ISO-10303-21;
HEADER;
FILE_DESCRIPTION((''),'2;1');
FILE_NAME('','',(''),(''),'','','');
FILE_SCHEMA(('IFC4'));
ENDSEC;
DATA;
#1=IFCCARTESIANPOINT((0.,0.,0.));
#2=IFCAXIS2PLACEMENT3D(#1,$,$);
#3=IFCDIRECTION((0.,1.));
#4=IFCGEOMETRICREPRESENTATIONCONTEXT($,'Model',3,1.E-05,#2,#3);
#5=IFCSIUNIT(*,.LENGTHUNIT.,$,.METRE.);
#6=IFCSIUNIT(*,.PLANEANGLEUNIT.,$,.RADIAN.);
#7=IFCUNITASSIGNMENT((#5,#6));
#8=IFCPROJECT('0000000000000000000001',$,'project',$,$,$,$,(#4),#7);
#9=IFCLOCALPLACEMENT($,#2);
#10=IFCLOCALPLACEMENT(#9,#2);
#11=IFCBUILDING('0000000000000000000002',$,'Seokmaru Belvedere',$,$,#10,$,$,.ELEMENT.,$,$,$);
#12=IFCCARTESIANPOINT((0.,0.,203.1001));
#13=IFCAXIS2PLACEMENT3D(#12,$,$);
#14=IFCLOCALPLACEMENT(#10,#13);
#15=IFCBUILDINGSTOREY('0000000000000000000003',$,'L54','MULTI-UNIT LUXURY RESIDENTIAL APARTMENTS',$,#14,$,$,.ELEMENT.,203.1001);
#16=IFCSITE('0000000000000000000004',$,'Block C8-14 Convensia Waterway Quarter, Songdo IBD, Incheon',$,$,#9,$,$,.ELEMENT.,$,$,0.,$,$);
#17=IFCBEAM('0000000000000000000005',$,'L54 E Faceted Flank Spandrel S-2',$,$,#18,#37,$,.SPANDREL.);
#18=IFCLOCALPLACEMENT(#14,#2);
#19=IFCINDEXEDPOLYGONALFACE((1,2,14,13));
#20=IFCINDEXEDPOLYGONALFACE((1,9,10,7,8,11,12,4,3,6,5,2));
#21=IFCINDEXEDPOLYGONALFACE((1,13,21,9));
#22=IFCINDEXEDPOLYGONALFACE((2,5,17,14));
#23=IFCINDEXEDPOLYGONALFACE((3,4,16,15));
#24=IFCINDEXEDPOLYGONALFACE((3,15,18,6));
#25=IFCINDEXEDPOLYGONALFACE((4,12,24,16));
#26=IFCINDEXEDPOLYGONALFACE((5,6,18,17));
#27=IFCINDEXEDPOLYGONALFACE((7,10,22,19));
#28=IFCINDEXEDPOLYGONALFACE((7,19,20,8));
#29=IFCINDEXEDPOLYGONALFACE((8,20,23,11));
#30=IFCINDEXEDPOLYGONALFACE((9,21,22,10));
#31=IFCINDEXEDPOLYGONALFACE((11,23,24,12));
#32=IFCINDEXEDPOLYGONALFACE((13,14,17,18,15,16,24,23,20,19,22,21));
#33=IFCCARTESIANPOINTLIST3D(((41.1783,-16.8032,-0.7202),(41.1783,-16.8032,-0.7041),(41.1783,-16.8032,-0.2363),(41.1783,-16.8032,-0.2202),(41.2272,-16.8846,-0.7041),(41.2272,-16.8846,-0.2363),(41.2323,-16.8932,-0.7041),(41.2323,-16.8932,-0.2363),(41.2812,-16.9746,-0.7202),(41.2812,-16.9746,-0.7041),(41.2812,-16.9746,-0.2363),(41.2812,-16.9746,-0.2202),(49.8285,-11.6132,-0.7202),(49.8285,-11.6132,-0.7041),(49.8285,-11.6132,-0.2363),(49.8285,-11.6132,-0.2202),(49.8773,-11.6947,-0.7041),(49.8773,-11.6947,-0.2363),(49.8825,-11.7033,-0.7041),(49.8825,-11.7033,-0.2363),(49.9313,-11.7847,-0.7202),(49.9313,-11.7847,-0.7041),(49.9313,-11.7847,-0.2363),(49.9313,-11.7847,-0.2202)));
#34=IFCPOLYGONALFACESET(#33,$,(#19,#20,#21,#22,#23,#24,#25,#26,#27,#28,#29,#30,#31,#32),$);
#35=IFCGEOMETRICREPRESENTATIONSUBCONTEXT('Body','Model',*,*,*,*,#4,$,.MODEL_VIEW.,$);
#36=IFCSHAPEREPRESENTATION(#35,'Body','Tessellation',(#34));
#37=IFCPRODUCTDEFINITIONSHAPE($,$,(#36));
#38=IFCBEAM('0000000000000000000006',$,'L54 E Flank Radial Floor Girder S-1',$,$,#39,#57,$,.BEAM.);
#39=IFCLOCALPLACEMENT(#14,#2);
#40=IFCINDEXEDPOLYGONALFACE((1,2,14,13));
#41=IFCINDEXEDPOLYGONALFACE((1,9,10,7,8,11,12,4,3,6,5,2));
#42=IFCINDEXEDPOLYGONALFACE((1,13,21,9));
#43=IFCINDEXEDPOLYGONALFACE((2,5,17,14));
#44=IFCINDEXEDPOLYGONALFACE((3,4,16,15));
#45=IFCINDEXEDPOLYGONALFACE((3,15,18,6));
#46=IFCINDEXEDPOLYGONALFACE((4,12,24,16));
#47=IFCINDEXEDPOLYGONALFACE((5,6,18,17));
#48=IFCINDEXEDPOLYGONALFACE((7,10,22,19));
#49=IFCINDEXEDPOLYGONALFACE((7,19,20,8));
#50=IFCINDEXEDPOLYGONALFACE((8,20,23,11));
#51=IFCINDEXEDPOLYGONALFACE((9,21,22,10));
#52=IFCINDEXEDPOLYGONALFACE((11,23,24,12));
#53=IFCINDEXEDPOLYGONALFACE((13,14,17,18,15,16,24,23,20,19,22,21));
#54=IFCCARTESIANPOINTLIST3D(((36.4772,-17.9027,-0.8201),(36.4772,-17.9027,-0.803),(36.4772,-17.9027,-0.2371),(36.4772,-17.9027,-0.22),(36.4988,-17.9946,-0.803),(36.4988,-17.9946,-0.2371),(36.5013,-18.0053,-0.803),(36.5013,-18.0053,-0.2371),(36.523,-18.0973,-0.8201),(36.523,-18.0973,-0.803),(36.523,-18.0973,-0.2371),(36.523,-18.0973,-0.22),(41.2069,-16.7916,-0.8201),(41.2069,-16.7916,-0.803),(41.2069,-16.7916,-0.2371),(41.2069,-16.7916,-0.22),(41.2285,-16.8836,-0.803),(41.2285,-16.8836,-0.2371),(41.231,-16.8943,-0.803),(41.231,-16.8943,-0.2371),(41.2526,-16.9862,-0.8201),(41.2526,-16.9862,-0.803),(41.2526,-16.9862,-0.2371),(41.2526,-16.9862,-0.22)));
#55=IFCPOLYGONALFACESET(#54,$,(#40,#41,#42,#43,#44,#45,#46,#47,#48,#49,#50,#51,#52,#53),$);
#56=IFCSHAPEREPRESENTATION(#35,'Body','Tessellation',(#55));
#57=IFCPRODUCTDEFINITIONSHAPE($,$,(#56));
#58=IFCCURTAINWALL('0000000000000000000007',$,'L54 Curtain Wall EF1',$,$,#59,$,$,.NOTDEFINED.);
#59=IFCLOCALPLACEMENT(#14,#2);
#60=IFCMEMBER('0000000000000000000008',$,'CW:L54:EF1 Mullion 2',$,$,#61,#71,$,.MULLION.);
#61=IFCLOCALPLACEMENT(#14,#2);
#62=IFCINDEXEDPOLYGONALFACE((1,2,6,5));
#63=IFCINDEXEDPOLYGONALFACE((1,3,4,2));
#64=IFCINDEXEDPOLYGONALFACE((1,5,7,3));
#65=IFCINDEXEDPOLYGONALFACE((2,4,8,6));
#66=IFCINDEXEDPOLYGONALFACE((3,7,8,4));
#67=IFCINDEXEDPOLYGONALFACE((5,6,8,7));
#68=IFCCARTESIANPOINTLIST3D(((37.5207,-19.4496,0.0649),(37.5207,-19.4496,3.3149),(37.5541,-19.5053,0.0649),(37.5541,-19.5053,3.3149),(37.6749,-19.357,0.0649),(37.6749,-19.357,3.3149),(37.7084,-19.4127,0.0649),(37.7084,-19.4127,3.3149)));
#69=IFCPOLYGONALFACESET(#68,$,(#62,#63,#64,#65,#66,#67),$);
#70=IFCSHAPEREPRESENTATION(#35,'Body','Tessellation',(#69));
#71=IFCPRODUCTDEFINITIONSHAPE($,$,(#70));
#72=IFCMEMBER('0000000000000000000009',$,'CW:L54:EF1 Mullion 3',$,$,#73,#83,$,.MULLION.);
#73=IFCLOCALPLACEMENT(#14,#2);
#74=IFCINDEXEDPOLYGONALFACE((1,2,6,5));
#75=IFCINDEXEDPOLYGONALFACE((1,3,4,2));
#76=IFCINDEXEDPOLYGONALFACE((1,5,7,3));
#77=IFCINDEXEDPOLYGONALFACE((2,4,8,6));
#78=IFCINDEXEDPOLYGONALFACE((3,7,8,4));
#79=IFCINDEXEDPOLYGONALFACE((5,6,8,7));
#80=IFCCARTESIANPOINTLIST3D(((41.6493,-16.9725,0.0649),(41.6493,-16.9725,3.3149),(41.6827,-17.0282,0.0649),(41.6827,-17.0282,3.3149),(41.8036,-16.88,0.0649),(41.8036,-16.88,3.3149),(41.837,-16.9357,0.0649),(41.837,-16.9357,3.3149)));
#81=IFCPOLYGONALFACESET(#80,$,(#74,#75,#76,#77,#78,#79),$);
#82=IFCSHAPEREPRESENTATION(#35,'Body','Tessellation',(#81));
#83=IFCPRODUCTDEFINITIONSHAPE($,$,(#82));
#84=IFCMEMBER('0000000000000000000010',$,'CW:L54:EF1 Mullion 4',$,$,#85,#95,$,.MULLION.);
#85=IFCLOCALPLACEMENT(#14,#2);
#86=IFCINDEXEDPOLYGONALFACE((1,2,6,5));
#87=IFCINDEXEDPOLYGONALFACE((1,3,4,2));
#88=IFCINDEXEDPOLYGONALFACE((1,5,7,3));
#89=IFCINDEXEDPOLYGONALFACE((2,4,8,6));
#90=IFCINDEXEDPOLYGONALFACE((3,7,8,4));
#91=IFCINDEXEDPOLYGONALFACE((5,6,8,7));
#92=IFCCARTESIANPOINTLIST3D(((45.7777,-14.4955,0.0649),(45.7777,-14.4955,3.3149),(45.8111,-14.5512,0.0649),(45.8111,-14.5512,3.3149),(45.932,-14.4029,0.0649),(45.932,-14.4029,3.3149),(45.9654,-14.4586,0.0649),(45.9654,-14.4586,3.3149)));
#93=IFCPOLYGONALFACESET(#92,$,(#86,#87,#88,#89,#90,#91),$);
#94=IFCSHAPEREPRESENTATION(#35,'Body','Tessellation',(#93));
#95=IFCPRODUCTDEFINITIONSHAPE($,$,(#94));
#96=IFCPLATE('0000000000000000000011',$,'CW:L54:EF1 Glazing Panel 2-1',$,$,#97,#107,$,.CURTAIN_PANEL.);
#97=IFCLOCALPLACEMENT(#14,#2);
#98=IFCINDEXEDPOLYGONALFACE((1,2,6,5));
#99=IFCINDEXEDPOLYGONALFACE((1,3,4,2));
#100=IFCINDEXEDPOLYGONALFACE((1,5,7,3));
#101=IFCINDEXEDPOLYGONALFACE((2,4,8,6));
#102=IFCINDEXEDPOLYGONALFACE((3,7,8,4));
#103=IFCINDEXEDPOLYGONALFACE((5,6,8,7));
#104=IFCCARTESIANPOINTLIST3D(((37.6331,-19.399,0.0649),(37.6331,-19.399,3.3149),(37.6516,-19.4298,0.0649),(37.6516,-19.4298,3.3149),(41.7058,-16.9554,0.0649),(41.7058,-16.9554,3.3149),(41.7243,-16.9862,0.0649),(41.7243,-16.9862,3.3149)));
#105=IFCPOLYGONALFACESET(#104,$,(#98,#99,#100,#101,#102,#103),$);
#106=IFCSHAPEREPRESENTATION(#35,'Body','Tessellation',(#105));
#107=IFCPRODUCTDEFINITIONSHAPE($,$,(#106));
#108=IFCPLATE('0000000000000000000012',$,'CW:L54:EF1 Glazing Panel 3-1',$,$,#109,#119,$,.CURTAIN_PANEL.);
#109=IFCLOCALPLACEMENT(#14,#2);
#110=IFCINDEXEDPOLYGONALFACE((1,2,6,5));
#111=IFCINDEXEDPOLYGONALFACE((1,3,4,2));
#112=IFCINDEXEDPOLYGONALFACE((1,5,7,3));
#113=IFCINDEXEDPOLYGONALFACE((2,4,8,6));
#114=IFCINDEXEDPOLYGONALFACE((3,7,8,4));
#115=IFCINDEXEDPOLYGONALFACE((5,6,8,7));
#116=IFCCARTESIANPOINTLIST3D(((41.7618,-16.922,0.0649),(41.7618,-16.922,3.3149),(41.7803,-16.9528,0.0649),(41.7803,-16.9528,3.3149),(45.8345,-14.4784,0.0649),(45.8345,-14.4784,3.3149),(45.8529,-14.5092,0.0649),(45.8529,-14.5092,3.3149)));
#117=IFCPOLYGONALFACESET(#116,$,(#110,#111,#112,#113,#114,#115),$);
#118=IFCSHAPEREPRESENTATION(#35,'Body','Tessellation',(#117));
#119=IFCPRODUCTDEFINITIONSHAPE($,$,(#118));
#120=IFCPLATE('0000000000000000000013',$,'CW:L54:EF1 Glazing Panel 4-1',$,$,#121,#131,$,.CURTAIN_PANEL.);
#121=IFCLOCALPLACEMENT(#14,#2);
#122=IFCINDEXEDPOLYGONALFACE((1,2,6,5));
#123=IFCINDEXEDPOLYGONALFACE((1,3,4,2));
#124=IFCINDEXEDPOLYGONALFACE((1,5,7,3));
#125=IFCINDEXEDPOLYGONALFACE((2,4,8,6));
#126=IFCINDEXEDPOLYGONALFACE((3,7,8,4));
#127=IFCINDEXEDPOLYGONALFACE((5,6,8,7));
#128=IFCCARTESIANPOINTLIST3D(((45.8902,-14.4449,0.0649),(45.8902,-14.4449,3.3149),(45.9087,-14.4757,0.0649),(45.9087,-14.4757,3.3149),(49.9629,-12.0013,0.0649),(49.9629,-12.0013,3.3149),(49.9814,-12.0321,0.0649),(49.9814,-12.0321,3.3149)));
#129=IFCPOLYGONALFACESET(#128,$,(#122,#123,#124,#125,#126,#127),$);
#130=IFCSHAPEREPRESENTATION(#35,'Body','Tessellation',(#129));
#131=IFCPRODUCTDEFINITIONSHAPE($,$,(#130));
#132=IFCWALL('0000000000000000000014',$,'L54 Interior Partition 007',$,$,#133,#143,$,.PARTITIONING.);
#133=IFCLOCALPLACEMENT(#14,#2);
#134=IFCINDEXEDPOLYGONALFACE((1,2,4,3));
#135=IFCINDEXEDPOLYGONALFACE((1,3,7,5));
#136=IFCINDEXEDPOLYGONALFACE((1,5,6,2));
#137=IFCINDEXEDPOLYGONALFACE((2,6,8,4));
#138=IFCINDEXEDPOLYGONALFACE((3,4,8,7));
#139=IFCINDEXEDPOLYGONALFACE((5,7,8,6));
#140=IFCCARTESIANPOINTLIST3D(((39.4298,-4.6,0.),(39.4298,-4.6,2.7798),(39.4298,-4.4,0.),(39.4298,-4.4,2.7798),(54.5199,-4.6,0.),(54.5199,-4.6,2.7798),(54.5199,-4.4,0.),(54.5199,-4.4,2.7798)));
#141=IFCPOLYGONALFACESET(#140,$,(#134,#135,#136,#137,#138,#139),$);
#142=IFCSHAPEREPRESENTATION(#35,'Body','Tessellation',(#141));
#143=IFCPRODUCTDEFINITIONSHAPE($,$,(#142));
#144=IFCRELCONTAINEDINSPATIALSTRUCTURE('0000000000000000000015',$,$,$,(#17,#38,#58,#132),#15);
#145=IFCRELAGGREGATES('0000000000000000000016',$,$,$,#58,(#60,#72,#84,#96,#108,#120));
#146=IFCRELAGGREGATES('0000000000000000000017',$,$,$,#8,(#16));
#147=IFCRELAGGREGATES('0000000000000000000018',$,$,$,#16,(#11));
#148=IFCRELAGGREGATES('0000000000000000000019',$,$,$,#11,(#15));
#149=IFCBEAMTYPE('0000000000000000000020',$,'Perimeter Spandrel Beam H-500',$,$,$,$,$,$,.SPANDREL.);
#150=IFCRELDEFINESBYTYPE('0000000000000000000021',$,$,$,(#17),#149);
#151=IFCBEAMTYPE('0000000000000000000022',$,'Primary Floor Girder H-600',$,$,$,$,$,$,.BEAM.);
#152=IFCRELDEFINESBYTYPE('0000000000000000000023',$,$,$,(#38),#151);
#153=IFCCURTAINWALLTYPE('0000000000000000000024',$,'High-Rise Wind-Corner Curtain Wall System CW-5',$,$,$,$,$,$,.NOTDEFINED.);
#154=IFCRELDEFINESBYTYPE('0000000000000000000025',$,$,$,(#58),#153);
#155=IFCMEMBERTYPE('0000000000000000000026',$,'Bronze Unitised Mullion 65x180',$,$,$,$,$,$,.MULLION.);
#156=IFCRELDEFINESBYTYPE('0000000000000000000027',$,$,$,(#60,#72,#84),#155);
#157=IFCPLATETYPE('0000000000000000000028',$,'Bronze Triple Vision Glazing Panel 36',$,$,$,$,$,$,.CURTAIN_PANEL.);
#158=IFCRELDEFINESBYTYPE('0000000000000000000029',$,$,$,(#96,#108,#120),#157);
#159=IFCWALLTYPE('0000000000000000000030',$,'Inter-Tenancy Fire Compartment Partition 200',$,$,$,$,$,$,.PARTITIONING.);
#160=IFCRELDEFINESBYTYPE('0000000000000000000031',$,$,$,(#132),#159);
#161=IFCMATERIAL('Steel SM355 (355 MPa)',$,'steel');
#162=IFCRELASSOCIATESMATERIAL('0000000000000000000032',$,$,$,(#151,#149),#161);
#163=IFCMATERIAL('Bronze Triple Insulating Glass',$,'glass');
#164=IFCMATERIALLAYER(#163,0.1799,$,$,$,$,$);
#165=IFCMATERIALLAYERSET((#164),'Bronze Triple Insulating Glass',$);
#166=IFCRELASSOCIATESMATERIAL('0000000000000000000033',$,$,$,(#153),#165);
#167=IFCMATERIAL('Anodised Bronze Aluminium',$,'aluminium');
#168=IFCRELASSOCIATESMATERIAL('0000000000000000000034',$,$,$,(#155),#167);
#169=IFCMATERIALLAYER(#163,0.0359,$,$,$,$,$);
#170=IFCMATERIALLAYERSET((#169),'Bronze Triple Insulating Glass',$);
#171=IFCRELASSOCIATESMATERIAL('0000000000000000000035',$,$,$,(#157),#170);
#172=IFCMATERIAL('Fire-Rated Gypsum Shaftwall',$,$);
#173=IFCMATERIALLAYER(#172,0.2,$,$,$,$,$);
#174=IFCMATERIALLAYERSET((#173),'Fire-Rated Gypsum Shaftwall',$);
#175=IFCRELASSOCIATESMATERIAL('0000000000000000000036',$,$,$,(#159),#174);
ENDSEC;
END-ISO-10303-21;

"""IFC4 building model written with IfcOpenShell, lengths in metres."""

from ifc_helpers import new_model, si_unit, direction, frame, frame_2d, origin, origin_2d, place, context, subcontext, project, spatial, rectangle, i_section, extrude, source, transform, mapped, material, layer, layer_set, material_profile, profile_set, type_object, type_shapes, element, aggregate, save


model = new_model("IFC4")

# Units and contexts
model_context = context("Model", 3, precision=1e-05, world=origin(), true_north=direction((0.0, 1.0)))
body_context = subcontext(model_context, "Body", "Model", "MODEL_VIEW")
ifc_project = project(units=[si_unit("LENGTHUNIT", "METRE"), si_unit("PLANEANGLEUNIT", "RADIAN")], contexts=[model_context])

# Site, building, storey
site_placement = place(None, origin())
site = spatial("IfcSite", under=ifc_project, at=site_placement, Name="Block C8-14 Convensia Waterway Quarter, Songdo IBD, Incheon", CompositionType="ELEMENT", RefElevation=0.0)
building_placement = place(site_placement, origin())
building = spatial("IfcBuilding", under=site, at=building_placement, Name="Seokmaru Belvedere", CompositionType="ELEMENT")
storey_placement = place(building_placement, frame((0.0, 0.0, 203.1001)))
storey = spatial("IfcBuildingStorey", under=building, at=storey_placement, Name="L54", Description="MULTI-UNIT LUXURY RESIDENTIAL APARTMENTS", CompositionType="ELEMENT", Elevation=203.1001)

# Shared definitions
ifc_material_1 = material(Name="Steel SM355 (355 MPa)", Category="steel")

# Beams
ifc_material_profile_1 = material_profile(ifc_material_1, i_section(OverallWidth=0.2, OverallDepth=0.6001, WebThickness=0.011, FlangeThickness=0.0171, at=origin_2d()), Name="H-600x200x11x17")
ifc_profile_set_1 = profile_set([ifc_material_profile_1], Name="Steel SM355 (355 MPa)")
beam_type_1 = type_object("IfcBeamType", Name="Primary Floor Girder H-600", PredefinedType="BEAM", material=ifc_profile_set_1)
ifc_material_profile_2 = material_profile(ifc_material_1, i_section(OverallWidth=0.2, OverallDepth=0.5, WebThickness=0.01, FlangeThickness=0.0161, at=origin_2d()), Name="H-500x200x10x16")
ifc_profile_set_2 = profile_set([ifc_material_profile_2], Name="Steel SM355 (355 MPa)")
beam_type_2 = type_object("IfcBeamType", Name="Perimeter Spandrel Beam H-500", PredefinedType="SPANDREL", material=ifc_profile_set_2)
shared_shape_1 = source(origin(), body_context, "Body", "SweptSolid", [
    extrude(i_section(OverallWidth=0.2, OverallDepth=0.5, WebThickness=0.01, FlangeThickness=0.0161, at=origin_2d()), origin(), (0.0, 0.0, 1.0), 10.0876),
])
type_shapes(beam_type_2, [shared_shape_1])
beam_1_placement = place(storey_placement, frame((41.2297, -16.8889, -0.4702), z_axis=(0.857499, 0.514485, 0.0), x_axis=(-0.514485, 0.857499, 0.0)))
element("IfcBeam", 1, at=beam_1_placement, inside=storey, type_object=beam_type_2, Name="L54 E Faceted Flank Spandrel S-2", PredefinedType="SPANDREL", context=body_context, shape_type="MappedRepresentation", body=[
    mapped(shared_shape_1, transform((0.0, 0.0, 0.0), scale=1.0)),
])
shared_shape_2 = source(origin(), body_context, "Body", "SweptSolid", [
    extrude(i_section(OverallWidth=0.2, OverallDepth=0.6001, WebThickness=0.011, FlangeThickness=0.0171, at=origin_2d()), origin(), (0.0, 0.0, 1.0), 4.8584),
])
beam_2_placement = place(storey_placement, frame((41.2297, -16.8889, -0.52), z_axis=(-0.973499, -0.228689, 0.0), x_axis=(0.228689, -0.973499, 0.0)))
element("IfcBeam", 2, at=beam_2_placement, inside=storey, type_object=beam_type_1, Name="L54 E Flank Radial Floor Girder S-1", PredefinedType="BEAM", context=body_context, shape_type="MappedRepresentation", body=[
    mapped(shared_shape_2, transform((0.0, 0.0, 0.0), scale=1.0)),
])

# Curtain wall, members, plates
ifc_material_2 = material(Name="Bronze Triple Insulating Glass", Category="glass")
ifc_layer_1 = layer(ifc_material_2, 0.1799)
ifc_layer_set_1 = layer_set([ifc_layer_1], Name="Bronze Triple Insulating Glass")
curtain_wall_type = type_object("IfcCurtainWallType", Name="High-Rise Wind-Corner Curtain Wall System CW-5", PredefinedType="NOTDEFINED", material=ifc_layer_set_1)
curtain_wall_placement = place(storey_placement, origin())
curtain_wall = element("IfcCurtainWall", 3, at=curtain_wall_placement, inside=storey, type_object=curtain_wall_type, Name="L54 Curtain Wall EF1", PredefinedType="NOTDEFINED")
ifc_material_3 = material(Name="Anodised Bronze Aluminium", Category="aluminium")
ifc_material_profile_3 = material_profile(ifc_material_3, rectangle(XDim=0.0649, YDim=0.1799, at=origin_2d()), Name="CW-M-65x180")
ifc_profile_set_3 = profile_set([ifc_material_profile_3], Name="Anodised Bronze Aluminium")
member_type = type_object("IfcMemberType", Name="Bronze Unitised Mullion 65x180", PredefinedType="MULLION", material=ifc_profile_set_3)
shared_shape_3 = source(origin(), body_context, "Body", "SweptSolid", [
    extrude(rectangle(XDim=0.0649, YDim=0.1799, at=origin_2d()), origin(), (0.0, 0.0, 1.0), 3.25),
])
type_shapes(member_type, [shared_shape_3])
member_1_placement = place(storey_placement, frame((37.6145, -19.4312, 0.0649), z_axis=(0.0, 0.0, 1.0), x_axis=(-0.514495, 0.857493, 0.0)))
member_1 = element("IfcMember", 4, at=member_1_placement, type_object=member_type, Name="CW:L54:EF1 Mullion 2", PredefinedType="MULLION", context=body_context, shape_type="MappedRepresentation", body=[
    mapped(shared_shape_3, transform((0.0, 0.0, 0.0), scale=1.0)),
])
member_2_placement = place(storey_placement, frame((41.7432, -16.9541, 0.0649), z_axis=(0.0, 0.0, 1.0), x_axis=(-0.514495, 0.857493, 0.0)))
member_2 = element("IfcMember", 5, at=member_2_placement, type_object=member_type, Name="CW:L54:EF1 Mullion 3", PredefinedType="MULLION", context=body_context, shape_type="MappedRepresentation", body=[
    mapped(shared_shape_3, transform((0.0, 0.0, 0.0), scale=1.0)),
])
member_3_placement = place(storey_placement, frame((45.8716, -14.4771, 0.0649), z_axis=(0.0, 0.0, 1.0), x_axis=(-0.514495, 0.857493, 0.0)))
member_3 = element("IfcMember", 6, at=member_3_placement, type_object=member_type, Name="CW:L54:EF1 Mullion 4", PredefinedType="MULLION", context=body_context, shape_type="MappedRepresentation", body=[
    mapped(shared_shape_3, transform((0.0, 0.0, 0.0), scale=1.0)),
])
ifc_layer_2 = layer(ifc_material_2, 0.0359)
ifc_layer_set_2 = layer_set([ifc_layer_2], Name="Bronze Triple Insulating Glass")
plate_type = type_object("IfcPlateType", Name="Bronze Triple Vision Glazing Panel 36", PredefinedType="CURTAIN_PANEL", material=ifc_layer_set_2)
shared_shape_4 = source(origin(), body_context, "Body", "SweptSolid", [
    extrude(rectangle(XDim=4.7495, YDim=0.0359, at=origin_2d()), origin(), (0.0, 0.0, 1.0), 3.25),
])
type_shapes(plate_type, [shared_shape_4])
plate_1_placement = place(storey_placement, frame((39.6787, -18.1926, 0.0649), z_axis=(0.0, 0.0, 1.0), x_axis=(0.857493, 0.514495, 0.0)))
plate_1 = element("IfcPlate", 7, at=plate_1_placement, type_object=plate_type, Name="CW:L54:EF1 Glazing Panel 2-1", PredefinedType="CURTAIN_PANEL", context=body_context, shape_type="MappedRepresentation", body=[
    mapped(shared_shape_4, transform((0.0, 0.0, 0.0), scale=1.0)),
])
plate_2_placement = place(storey_placement, frame((43.8074, -15.7156, 0.0649), z_axis=(0.0, 0.0, 1.0), x_axis=(0.857493, 0.514495, 0.0)))
plate_2 = element("IfcPlate", 8, at=plate_2_placement, type_object=plate_type, Name="CW:L54:EF1 Glazing Panel 3-1", PredefinedType="CURTAIN_PANEL", context=body_context, shape_type="MappedRepresentation", body=[
    mapped(shared_shape_4, transform((0.0, 0.0, 0.0), scale=1.0)),
])
plate_3_placement = place(storey_placement, frame((47.9358, -13.2385, 0.0649), z_axis=(0.0, 0.0, 1.0), x_axis=(0.857493, 0.514495, 0.0)))
plate_3 = element("IfcPlate", 9, at=plate_3_placement, type_object=plate_type, Name="CW:L54:EF1 Glazing Panel 4-1", PredefinedType="CURTAIN_PANEL", context=body_context, shape_type="MappedRepresentation", body=[
    mapped(shared_shape_4, transform((0.0, 0.0, 0.0), scale=1.0)),
])
aggregate(curtain_wall, [member_1, member_2, member_3, plate_1, plate_2, plate_3])

# Wall
ifc_material_4 = material(Name="Fire-Rated Gypsum Shaftwall")
ifc_layer_3 = layer(ifc_material_4, 0.2)
ifc_layer_set_3 = layer_set([ifc_layer_3], Name="Fire-Rated Gypsum Shaftwall")
wall_type_1 = type_object("IfcWallType", Name="Inter-Tenancy Fire Compartment Partition 200", PredefinedType="PARTITIONING", material=ifc_layer_set_3)
wall_1_placement = place(storey_placement, frame((39.4299, -4.5, 0.0), z_axis=(0.0, 0.0, 1.0), x_axis=(1.0, 0.0, 0.0)))
element("IfcWall", 10, at=wall_1_placement, inside=storey, type_object=wall_type_1, Name="L54 Interior Partition 007", PredefinedType="PARTITIONING", context=body_context, shape_type="SweptSolid", body=[
    extrude(rectangle(XDim=15.0901, YDim=0.2, at=frame_2d((7.5449, 0.0))), origin(), (0.0, 0.0, 1.0), 2.7798),
])

save(model, "model.ifc")
